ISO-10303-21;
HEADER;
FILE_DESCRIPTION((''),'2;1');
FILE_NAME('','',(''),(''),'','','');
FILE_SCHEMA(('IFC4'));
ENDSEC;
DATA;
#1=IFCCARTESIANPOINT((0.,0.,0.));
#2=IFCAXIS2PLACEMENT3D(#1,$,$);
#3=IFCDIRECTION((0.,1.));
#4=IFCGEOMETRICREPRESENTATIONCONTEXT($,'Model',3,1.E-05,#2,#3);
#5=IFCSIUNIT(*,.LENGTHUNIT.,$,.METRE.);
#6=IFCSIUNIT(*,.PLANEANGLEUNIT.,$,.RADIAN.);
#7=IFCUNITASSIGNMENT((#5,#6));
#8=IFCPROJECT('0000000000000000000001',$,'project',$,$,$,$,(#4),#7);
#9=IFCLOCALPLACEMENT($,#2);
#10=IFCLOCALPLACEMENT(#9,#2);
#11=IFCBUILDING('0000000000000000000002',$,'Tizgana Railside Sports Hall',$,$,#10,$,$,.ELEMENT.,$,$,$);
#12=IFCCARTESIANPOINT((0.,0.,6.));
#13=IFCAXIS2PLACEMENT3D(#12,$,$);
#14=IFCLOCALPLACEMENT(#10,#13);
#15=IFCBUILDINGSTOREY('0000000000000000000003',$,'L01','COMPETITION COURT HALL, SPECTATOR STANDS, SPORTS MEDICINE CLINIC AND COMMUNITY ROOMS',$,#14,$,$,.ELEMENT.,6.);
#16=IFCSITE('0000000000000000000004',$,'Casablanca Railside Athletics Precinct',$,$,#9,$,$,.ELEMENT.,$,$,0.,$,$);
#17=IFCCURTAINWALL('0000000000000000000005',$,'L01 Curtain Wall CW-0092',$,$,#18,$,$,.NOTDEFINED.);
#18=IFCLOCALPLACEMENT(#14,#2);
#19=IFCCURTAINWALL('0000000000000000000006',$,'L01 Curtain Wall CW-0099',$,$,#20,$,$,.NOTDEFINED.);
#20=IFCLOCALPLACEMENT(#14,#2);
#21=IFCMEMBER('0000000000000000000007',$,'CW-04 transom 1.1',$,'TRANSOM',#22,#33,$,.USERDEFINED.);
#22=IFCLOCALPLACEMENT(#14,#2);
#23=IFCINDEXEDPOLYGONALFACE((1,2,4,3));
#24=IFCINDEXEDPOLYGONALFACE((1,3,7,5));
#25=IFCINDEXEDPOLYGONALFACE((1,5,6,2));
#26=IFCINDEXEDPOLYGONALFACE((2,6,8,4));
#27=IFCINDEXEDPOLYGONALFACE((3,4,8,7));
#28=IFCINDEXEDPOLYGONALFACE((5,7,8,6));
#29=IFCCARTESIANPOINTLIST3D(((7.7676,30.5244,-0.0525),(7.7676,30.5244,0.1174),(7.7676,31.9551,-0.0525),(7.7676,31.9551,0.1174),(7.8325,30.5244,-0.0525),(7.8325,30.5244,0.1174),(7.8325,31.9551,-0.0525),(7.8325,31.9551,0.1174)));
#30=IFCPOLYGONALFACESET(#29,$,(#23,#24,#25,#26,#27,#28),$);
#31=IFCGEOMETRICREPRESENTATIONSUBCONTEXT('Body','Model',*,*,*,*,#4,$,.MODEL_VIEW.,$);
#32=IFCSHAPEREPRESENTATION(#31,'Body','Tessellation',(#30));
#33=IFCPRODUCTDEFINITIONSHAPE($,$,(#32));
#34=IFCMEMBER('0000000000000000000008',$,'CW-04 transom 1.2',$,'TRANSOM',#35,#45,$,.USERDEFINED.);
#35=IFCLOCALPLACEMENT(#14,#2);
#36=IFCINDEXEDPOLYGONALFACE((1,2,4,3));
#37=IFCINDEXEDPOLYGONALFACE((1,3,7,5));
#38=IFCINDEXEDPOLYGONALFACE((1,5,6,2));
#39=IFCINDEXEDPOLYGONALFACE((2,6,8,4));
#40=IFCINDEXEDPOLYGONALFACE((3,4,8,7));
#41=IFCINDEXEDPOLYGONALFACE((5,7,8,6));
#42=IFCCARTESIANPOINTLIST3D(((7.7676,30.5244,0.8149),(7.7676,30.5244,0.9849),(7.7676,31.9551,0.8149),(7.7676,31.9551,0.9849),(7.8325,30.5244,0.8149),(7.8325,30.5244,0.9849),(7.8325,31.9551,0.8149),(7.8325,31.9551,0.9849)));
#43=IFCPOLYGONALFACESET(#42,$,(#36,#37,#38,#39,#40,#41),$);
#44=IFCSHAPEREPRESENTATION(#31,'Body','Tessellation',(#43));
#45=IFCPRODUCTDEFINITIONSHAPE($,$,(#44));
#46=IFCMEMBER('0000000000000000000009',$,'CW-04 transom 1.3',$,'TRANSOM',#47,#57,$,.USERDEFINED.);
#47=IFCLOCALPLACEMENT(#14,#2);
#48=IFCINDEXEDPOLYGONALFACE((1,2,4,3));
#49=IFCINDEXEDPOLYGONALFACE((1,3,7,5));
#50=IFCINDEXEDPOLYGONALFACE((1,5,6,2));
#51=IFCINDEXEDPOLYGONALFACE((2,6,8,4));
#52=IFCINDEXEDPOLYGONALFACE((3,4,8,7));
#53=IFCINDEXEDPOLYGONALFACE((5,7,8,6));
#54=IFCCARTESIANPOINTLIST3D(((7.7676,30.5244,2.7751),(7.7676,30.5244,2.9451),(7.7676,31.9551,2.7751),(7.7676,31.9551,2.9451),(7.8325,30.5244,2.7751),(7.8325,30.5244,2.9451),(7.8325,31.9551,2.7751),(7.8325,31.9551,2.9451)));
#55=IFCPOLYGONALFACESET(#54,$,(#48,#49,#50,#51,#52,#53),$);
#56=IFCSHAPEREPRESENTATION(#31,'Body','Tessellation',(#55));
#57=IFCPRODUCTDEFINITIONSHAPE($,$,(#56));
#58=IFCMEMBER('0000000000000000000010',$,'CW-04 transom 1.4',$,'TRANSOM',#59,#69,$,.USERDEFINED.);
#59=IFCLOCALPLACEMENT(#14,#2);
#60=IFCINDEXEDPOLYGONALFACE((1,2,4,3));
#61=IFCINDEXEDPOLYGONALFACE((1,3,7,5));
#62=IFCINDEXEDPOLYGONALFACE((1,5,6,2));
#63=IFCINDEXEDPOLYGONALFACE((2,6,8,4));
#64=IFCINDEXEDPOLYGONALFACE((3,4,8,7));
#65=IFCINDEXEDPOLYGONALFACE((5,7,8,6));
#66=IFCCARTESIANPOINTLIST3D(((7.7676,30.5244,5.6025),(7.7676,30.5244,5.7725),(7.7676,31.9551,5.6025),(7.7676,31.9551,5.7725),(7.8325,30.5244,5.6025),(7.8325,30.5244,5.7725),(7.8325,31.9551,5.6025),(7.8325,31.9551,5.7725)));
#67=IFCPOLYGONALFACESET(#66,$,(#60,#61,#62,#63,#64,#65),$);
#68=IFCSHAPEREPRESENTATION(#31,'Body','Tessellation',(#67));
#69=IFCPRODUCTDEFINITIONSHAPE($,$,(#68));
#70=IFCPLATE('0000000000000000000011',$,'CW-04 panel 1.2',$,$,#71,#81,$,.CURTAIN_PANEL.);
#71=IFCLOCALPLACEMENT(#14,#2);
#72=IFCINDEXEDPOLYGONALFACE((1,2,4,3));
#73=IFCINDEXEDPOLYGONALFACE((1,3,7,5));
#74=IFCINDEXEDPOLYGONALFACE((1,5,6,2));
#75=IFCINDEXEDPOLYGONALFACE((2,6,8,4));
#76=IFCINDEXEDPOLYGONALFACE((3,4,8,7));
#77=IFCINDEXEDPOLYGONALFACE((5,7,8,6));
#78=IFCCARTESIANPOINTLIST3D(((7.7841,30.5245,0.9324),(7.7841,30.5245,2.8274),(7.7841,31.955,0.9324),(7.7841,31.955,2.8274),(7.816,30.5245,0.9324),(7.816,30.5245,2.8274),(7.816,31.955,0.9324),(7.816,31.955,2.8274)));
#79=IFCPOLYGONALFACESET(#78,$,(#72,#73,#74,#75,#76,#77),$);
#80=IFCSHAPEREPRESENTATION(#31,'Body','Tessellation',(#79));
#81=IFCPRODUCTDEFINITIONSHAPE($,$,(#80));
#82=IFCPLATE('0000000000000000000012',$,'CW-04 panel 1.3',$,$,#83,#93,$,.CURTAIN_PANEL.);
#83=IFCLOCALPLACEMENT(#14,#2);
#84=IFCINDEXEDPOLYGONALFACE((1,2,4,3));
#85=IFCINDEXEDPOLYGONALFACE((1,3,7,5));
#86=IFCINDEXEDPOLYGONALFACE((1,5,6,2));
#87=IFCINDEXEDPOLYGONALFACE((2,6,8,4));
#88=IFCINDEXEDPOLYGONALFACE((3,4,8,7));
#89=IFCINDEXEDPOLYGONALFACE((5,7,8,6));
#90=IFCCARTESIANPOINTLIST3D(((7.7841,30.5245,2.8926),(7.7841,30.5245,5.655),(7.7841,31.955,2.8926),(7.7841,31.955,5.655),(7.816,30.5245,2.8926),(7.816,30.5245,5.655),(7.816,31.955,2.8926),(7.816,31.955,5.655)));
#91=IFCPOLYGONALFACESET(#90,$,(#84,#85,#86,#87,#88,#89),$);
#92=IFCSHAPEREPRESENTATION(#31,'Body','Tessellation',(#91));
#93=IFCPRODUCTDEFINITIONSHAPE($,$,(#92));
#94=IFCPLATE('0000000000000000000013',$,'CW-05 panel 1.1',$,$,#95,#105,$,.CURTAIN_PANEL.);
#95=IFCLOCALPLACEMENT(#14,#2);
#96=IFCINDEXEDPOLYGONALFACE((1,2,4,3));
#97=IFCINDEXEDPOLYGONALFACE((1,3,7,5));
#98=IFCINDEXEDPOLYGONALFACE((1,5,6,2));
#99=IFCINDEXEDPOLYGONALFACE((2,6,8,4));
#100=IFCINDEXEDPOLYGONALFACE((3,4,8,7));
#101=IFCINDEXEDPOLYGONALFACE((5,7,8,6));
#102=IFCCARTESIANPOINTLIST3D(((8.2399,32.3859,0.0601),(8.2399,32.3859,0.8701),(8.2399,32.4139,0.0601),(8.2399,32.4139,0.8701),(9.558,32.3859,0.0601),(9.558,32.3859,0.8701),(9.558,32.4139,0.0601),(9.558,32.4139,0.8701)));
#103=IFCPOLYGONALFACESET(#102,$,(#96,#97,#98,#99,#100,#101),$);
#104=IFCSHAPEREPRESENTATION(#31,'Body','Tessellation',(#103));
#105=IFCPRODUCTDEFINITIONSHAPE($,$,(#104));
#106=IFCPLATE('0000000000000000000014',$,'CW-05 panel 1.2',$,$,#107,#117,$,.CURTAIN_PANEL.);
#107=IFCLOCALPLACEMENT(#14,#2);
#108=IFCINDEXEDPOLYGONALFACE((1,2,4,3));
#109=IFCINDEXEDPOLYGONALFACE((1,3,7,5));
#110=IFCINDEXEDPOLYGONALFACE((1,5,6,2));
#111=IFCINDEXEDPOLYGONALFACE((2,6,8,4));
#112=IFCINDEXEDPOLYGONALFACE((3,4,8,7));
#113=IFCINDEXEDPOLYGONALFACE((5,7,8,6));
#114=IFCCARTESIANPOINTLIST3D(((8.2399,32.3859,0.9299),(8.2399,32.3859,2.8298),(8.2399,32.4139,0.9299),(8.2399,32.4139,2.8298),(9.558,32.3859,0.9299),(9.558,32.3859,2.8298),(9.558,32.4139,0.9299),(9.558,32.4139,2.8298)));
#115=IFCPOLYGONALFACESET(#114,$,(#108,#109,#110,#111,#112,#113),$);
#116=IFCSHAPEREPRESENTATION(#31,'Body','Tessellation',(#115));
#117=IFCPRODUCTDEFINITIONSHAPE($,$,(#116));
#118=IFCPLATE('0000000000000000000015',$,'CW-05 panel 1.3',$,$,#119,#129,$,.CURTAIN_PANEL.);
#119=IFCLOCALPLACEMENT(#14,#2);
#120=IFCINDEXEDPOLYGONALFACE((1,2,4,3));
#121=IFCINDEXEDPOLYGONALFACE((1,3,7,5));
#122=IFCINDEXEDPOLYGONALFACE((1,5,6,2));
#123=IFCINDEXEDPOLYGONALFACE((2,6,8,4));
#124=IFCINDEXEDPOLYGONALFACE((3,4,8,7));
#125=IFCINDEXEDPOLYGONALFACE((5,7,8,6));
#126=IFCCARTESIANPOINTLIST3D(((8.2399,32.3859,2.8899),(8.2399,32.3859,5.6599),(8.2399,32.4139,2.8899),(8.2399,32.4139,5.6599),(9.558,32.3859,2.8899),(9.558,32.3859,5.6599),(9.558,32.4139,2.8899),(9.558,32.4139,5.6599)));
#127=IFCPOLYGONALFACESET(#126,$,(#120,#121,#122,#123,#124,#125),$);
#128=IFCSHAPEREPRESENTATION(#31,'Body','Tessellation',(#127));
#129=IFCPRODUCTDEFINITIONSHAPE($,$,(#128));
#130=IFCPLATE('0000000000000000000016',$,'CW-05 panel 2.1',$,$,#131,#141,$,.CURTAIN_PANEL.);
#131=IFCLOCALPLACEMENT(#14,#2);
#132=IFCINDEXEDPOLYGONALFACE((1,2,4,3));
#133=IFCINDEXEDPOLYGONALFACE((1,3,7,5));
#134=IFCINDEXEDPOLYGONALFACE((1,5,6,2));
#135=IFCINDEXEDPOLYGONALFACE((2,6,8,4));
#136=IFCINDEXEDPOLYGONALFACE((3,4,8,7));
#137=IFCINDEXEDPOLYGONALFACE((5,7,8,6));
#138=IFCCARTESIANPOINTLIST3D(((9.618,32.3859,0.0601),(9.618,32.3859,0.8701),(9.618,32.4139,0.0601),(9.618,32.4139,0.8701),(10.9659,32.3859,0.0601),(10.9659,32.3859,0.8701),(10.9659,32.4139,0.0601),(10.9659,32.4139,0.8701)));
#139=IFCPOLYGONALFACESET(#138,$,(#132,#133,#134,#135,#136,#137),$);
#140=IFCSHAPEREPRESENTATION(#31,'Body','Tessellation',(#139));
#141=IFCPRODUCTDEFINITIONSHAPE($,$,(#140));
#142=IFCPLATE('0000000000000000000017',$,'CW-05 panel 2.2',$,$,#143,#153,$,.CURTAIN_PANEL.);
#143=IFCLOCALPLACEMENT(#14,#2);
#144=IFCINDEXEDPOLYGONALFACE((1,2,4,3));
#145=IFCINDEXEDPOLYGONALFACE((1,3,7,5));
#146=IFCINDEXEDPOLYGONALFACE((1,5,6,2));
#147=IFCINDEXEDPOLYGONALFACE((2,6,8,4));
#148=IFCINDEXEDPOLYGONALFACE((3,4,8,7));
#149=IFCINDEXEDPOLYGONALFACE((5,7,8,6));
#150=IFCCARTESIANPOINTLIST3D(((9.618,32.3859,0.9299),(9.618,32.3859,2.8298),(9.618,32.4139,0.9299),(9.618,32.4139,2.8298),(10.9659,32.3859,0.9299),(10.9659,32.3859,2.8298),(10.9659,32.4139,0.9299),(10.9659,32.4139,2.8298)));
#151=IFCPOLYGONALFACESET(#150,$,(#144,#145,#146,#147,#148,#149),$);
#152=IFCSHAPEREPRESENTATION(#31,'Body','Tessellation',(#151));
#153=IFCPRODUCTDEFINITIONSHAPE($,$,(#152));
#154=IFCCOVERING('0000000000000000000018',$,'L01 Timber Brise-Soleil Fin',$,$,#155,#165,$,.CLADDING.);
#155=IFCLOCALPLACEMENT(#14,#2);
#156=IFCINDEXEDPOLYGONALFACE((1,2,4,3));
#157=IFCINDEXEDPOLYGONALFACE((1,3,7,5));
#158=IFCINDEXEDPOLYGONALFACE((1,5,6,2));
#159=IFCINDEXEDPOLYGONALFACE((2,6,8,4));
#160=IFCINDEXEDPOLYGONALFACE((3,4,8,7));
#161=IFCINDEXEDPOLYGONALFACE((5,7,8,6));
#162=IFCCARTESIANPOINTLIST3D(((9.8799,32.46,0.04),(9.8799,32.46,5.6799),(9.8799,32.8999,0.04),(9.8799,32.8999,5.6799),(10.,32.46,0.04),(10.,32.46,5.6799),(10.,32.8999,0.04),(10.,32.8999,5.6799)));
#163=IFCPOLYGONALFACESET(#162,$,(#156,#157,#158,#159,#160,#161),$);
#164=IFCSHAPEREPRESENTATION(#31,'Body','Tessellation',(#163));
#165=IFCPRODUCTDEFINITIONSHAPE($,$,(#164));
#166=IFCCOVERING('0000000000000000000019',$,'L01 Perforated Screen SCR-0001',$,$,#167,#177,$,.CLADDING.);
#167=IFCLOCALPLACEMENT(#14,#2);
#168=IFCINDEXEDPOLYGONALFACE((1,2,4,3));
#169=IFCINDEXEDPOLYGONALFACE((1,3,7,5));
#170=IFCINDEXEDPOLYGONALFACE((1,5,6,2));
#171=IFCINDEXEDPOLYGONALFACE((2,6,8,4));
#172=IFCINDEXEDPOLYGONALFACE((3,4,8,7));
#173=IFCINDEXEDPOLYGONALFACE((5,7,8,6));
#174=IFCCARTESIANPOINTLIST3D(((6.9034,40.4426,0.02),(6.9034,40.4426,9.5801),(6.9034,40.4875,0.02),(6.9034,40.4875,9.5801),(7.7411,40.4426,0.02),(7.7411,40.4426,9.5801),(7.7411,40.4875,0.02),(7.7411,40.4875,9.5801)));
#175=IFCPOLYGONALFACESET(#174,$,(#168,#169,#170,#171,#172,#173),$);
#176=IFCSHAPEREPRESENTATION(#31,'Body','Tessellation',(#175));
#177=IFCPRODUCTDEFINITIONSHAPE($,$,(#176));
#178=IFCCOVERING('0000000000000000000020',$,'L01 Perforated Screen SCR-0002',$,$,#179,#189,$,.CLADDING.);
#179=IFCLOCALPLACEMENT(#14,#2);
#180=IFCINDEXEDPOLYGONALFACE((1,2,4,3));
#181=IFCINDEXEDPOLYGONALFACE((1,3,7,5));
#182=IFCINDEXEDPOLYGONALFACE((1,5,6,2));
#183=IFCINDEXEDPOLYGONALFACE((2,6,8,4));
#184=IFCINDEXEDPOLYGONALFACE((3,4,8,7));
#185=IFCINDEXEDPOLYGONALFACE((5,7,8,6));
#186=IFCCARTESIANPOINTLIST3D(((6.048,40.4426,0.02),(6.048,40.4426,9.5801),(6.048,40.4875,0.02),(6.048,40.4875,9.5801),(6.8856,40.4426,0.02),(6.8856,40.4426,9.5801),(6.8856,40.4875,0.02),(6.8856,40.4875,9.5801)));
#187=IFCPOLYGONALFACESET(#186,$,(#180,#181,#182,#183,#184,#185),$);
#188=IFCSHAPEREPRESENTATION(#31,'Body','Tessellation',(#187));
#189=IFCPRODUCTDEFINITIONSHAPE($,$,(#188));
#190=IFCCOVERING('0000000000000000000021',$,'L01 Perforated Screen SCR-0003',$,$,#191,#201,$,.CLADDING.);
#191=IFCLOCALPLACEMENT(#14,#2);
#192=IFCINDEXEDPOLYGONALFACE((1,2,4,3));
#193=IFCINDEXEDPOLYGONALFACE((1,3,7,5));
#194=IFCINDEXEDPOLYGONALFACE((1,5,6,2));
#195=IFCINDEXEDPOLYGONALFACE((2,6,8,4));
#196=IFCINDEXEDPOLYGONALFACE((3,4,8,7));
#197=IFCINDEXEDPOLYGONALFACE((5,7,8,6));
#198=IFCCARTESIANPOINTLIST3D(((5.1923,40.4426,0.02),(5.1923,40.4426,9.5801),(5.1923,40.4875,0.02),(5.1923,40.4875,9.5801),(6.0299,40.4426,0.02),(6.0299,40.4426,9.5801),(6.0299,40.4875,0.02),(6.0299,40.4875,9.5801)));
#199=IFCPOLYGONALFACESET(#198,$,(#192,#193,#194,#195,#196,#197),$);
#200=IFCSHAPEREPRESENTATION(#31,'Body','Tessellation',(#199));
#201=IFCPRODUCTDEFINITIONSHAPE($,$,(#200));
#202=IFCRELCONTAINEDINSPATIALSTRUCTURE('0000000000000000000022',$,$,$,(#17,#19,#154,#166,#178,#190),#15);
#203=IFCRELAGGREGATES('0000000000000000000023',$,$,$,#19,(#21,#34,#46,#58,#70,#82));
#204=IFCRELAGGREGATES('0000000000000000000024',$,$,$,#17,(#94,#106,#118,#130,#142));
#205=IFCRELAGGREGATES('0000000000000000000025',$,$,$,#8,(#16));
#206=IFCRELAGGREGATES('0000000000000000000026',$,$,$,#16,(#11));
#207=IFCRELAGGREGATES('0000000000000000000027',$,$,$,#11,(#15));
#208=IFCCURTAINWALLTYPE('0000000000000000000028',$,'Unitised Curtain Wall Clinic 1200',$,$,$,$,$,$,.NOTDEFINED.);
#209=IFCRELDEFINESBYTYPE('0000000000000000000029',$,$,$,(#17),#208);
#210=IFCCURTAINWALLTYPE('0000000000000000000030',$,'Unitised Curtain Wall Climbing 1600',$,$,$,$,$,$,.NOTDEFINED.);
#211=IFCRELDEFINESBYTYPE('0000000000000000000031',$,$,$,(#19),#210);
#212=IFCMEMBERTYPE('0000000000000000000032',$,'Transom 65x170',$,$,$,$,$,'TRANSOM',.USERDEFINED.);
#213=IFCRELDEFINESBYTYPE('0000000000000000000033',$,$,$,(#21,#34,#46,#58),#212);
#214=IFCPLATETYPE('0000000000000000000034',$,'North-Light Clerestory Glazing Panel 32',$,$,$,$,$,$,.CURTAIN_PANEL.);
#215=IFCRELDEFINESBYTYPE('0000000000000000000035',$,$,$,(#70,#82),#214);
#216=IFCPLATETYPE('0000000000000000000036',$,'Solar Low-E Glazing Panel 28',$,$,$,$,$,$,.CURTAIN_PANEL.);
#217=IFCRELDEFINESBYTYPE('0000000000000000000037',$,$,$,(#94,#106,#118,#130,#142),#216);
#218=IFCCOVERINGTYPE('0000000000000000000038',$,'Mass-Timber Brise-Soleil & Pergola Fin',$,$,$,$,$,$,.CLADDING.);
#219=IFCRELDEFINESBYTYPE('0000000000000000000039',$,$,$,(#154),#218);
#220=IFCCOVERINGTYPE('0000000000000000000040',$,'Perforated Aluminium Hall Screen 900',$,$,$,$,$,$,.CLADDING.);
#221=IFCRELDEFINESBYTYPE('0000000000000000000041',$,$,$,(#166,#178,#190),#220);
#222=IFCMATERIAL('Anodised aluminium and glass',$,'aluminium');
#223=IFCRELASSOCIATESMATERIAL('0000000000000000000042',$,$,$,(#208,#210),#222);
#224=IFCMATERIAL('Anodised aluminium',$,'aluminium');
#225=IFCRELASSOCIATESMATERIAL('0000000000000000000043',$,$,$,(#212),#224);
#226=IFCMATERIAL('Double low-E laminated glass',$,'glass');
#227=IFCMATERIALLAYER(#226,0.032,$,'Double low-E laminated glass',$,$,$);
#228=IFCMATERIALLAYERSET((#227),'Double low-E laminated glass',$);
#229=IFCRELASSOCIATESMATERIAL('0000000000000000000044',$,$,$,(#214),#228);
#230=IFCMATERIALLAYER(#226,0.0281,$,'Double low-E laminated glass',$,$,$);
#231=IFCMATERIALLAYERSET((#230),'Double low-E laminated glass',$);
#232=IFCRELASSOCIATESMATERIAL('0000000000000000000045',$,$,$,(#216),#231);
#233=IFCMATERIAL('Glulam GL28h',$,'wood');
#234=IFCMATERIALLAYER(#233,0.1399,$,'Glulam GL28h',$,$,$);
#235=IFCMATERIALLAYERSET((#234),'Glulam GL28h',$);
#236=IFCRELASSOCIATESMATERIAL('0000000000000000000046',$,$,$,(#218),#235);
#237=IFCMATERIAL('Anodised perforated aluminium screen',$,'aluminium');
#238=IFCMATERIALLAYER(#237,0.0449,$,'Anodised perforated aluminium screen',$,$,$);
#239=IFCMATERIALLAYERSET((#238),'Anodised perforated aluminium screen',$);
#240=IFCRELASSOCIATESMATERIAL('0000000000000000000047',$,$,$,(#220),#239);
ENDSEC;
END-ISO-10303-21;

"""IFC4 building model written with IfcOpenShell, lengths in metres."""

from ifc_helpers import new_model, si_unit, direction, frame, origin, origin_2d, place, context, subcontext, project, spatial, rectangle, extrude, material, layer, layer_set, material_profile, profile_set, type_object, element, aggregate, save


model = new_model("IFC4")

# Units and contexts
model_context = context("Model", 3, precision=1e-05, world=origin(), true_north=direction((0.0, 1.0)))
body_context = subcontext(model_context, "Body", "Model", "MODEL_VIEW")
ifc_project = project(units=[si_unit("LENGTHUNIT", "METRE"), si_unit("PLANEANGLEUNIT", "RADIAN")], contexts=[model_context])

# Site, building, storey
site_placement = place(None, origin())
site = spatial("IfcSite", under=ifc_project, at=site_placement, Name="Casablanca Railside Athletics Precinct", CompositionType="ELEMENT", RefElevation=0.0)
building_placement = place(site_placement, origin())
building = spatial("IfcBuilding", under=site, at=building_placement, Name="Tizgana Railside Sports Hall", CompositionType="ELEMENT")
storey_placement = place(building_placement, frame((0.0, 0.0, 6.0)))
storey = spatial("IfcBuildingStorey", under=building, at=storey_placement, Name="L01", Description="COMPETITION COURT HALL, SPECTATOR STANDS, SPORTS MEDICINE CLINIC AND COMMUNITY ROOMS", CompositionType="ELEMENT", Elevation=6.0)

# Curtain wall
ifc_material_1 = material(Name="Anodised aluminium and glass", Category="aluminium")
curtain_wall_type_1 = type_object("IfcCurtainWallType", Name="Unitised Curtain Wall Clinic 1200", PredefinedType="NOTDEFINED", material=ifc_material_1)
curtain_wall_1_placement = place(storey_placement, origin())
curtain_wall_1 = element("IfcCurtainWall", 1, at=curtain_wall_1_placement, inside=storey, type_object=curtain_wall_type_1, Name="L01 Curtain Wall CW-0092", PredefinedType="NOTDEFINED")
ifc_material_2 = material(Name="Anodised aluminium", Category="aluminium")

# Curtain wall
curtain_wall_type_2 = type_object("IfcCurtainWallType", Name="Unitised Curtain Wall Climbing 1600", PredefinedType="NOTDEFINED", material=ifc_material_1)
curtain_wall_2_placement = place(storey_placement, origin())
curtain_wall_2 = element("IfcCurtainWall", 2, at=curtain_wall_2_placement, inside=storey, type_object=curtain_wall_type_2, Name="L01 Curtain Wall CW-0099", PredefinedType="NOTDEFINED")

# Members
ifc_material_profile_1 = material_profile(ifc_material_2, rectangle(XDim=0.0649, YDim=0.1699, at=origin_2d()), Name="Transom 65x170")
ifc_profile_set_1 = profile_set([ifc_material_profile_1], Name="Anodised aluminium")
member_type_1 = type_object("IfcMemberType", Name="Transom 65x170", ElementType="TRANSOM", PredefinedType="USERDEFINED", material=ifc_profile_set_1)
member_1_placement = place(storey_placement, frame((7.8, 31.9551, 0.0325), z_axis=(0.0, -1.0, 0.0), x_axis=(1.0, 0.0, 0.0)))
member_1 = element("IfcMember", 3, at=member_1_placement, type_object=member_type_1, Name="CW-04 transom 1.1", ObjectType="TRANSOM", PredefinedType="USERDEFINED", context=body_context, shape_type="SweptSolid", body=[
    extrude(rectangle(XDim=0.0649, YDim=0.1699, at=origin_2d()), origin(), (0.0, 0.0, 1.0), 1.4307),
])
member_2_placement = place(storey_placement, frame((7.8, 31.9551, 0.8999), z_axis=(0.0, -1.0, 0.0), x_axis=(1.0, 0.0, 0.0)))
member_2 = element("IfcMember", 4, at=member_2_placement, type_object=member_type_1, Name="CW-04 transom 1.2", ObjectType="TRANSOM", PredefinedType="USERDEFINED", context=body_context, shape_type="SweptSolid", body=[
    extrude(rectangle(XDim=0.0649, YDim=0.1699, at=origin_2d()), origin(), (0.0, 0.0, 1.0), 1.4307),
])
member_3_placement = place(storey_placement, frame((7.8, 31.9551, 2.8601), z_axis=(0.0, -1.0, 0.0), x_axis=(1.0, 0.0, 0.0)))
member_3 = element("IfcMember", 5, at=member_3_placement, type_object=member_type_1, Name="CW-04 transom 1.3", ObjectType="TRANSOM", PredefinedType="USERDEFINED", context=body_context, shape_type="SweptSolid", body=[
    extrude(rectangle(XDim=0.0649, YDim=0.1699, at=origin_2d()), origin(), (0.0, 0.0, 1.0), 1.4307),
])
member_4_placement = place(storey_placement, frame((7.8, 31.9551, 5.6875), z_axis=(0.0, -1.0, 0.0), x_axis=(1.0, 0.0, 0.0)))
member_4 = element("IfcMember", 6, at=member_4_placement, type_object=member_type_1, Name="CW-04 transom 1.4", ObjectType="TRANSOM", PredefinedType="USERDEFINED", context=body_context, shape_type="SweptSolid", body=[
    extrude(rectangle(XDim=0.0649, YDim=0.1699, at=origin_2d()), origin(), (0.0, 0.0, 1.0), 1.4307),
])

# Plates
ifc_material_3 = material(Name="Double low-E laminated glass", Category="glass")
ifc_layer_1 = layer(ifc_material_3, 0.032, Name="Double low-E laminated glass")
ifc_layer_set_1 = layer_set([ifc_layer_1], Name="Double low-E laminated glass")
plate_type_1 = type_object("IfcPlateType", Name="North-Light Clerestory Glazing Panel 32", PredefinedType="CURTAIN_PANEL", material=ifc_layer_set_1)
plate_1_placement = place(storey_placement, frame((7.8, 31.2397, 0.9324), z_axis=(0.0, 0.0, 1.0), x_axis=(0.0, -1.0, 0.0)))
plate_1 = element("IfcPlate", 7, at=plate_1_placement, type_object=plate_type_1, Name="CW-04 panel 1.2", PredefinedType="CURTAIN_PANEL", context=body_context, shape_type="SweptSolid", body=[
    extrude(rectangle(XDim=1.4304, YDim=0.032, at=origin_2d()), origin(), (0.0, 0.0, 1.0), 1.895),
])
plate_2_placement = place(storey_placement, frame((7.8, 31.2397, 2.8926), z_axis=(0.0, 0.0, 1.0), x_axis=(0.0, -1.0, 0.0)))
plate_2 = element("IfcPlate", 8, at=plate_2_placement, type_object=plate_type_1, Name="CW-04 panel 1.3", PredefinedType="CURTAIN_PANEL", context=body_context, shape_type="SweptSolid", body=[
    extrude(rectangle(XDim=1.4304, YDim=0.032, at=origin_2d()), origin(), (0.0, 0.0, 1.0), 2.7625),
])
aggregate(curtain_wall_2, [member_1, member_2, member_3, member_4, plate_1, plate_2])
ifc_layer_2 = layer(ifc_material_3, 0.0281, Name="Double low-E laminated glass")
ifc_layer_set_2 = layer_set([ifc_layer_2], Name="Double low-E laminated glass")
plate_type_2 = type_object("IfcPlateType", Name="Solar Low-E Glazing Panel 28", PredefinedType="CURTAIN_PANEL", material=ifc_layer_set_2)
plate_3_placement = place(storey_placement, frame((8.8989, 32.3999, 0.0601), z_axis=(0.0, 0.0, 1.0), x_axis=(1.0, 0.0, 0.0)))
plate_3 = element("IfcPlate", 9, at=plate_3_placement, type_object=plate_type_2, Name="CW-05 panel 1.1", PredefinedType="CURTAIN_PANEL", context=body_context, shape_type="SweptSolid", body=[
    extrude(rectangle(XDim=1.3181, YDim=0.0281, at=origin_2d()), origin(), (0.0, 0.0, 1.0), 0.8101),
])
plate_4_placement = place(storey_placement, frame((8.8989, 32.3999, 0.9299), z_axis=(0.0, 0.0, 1.0), x_axis=(1.0, 0.0, 0.0)))
plate_4 = element("IfcPlate", 10, at=plate_4_placement, type_object=plate_type_2, Name="CW-05 panel 1.2", PredefinedType="CURTAIN_PANEL", context=body_context, shape_type="SweptSolid", body=[
    extrude(rectangle(XDim=1.3181, YDim=0.0281, at=origin_2d()), origin(), (0.0, 0.0, 1.0), 1.8999),
])
plate_5_placement = place(storey_placement, frame((8.8989, 32.3999, 2.8899), z_axis=(0.0, 0.0, 1.0), x_axis=(1.0, 0.0, 0.0)))
plate_5 = element("IfcPlate", 11, at=plate_5_placement, type_object=plate_type_2, Name="CW-05 panel 1.3", PredefinedType="CURTAIN_PANEL", context=body_context, shape_type="SweptSolid", body=[
    extrude(rectangle(XDim=1.3181, YDim=0.0281, at=origin_2d()), origin(), (0.0, 0.0, 1.0), 2.77),
])
plate_6_placement = place(storey_placement, frame((10.292, 32.3999, 0.0601), z_axis=(0.0, 0.0, 1.0), x_axis=(1.0, 0.0, 0.0)))
plate_6 = element("IfcPlate", 12, at=plate_6_placement, type_object=plate_type_2, Name="CW-05 panel 2.1", PredefinedType="CURTAIN_PANEL", context=body_context, shape_type="SweptSolid", body=[
    extrude(rectangle(XDim=1.3479, YDim=0.0281, at=origin_2d()), origin(), (0.0, 0.0, 1.0), 0.8101),
])
plate_7_placement = place(storey_placement, frame((10.292, 32.3999, 0.9299), z_axis=(0.0, 0.0, 1.0), x_axis=(1.0, 0.0, 0.0)))
plate_7 = element("IfcPlate", 13, at=plate_7_placement, type_object=plate_type_2, Name="CW-05 panel 2.2", PredefinedType="CURTAIN_PANEL", context=body_context, shape_type="SweptSolid", body=[
    extrude(rectangle(XDim=1.3479, YDim=0.0281, at=origin_2d()), origin(), (0.0, 0.0, 1.0), 1.8999),
])
aggregate(curtain_wall_1, [plate_3, plate_4, plate_5, plate_6, plate_7])

# Coverings
ifc_material_4 = material(Name="Glulam GL28h", Category="wood")
ifc_layer_3 = layer(ifc_material_4, 0.1399, Name="Glulam GL28h")
ifc_layer_set_3 = layer_set([ifc_layer_3], Name="Glulam GL28h")
covering_type_1 = type_object("IfcCoveringType", Name="Mass-Timber Brise-Soleil & Pergola Fin", PredefinedType="CLADDING", material=ifc_layer_set_3)
covering_placement = place(storey_placement, frame((9.9399, 32.6799, 0.04), z_axis=(0.0, 0.0, 1.0), x_axis=(1.0, 0.0, 0.0)))
element("IfcCovering", 14, at=covering_placement, inside=storey, type_object=covering_type_1, Name="L01 Timber Brise-Soleil Fin", PredefinedType="CLADDING", context=body_context, shape_type="SweptSolid", body=[
    extrude(rectangle(XDim=0.1201, YDim=0.4399, at=origin_2d()), origin(), (0.0, 0.0, 1.0), 5.6399),
])
ifc_material_5 = material(Name="Anodised perforated aluminium screen", Category="aluminium")
ifc_layer_4 = layer(ifc_material_5, 0.0449, Name="Anodised perforated aluminium screen")
ifc_layer_set_4 = layer_set([ifc_layer_4], Name="Anodised perforated aluminium screen")
covering_type_2 = type_object("IfcCoveringType", Name="Perforated Aluminium Hall Screen 900", PredefinedType="CLADDING", material=ifc_layer_set_4)
for number, where, z_axis, x_axis, name in (
    (15, (7.3223, 40.4651, 0.02), (0.0, 0.0, 1.0), (-1.0, 0.0, 0.0), "L01 Perforated Screen SCR-0001"),
    (16, (6.4668, 40.4651, 0.02), (0.0, 0.0, 1.0), (-1.0, 0.0, 0.0), "L01 Perforated Screen SCR-0002"),
    (17, (5.6111, 40.4651, 0.02), (0.0, 0.0, 1.0), (-1.0, 0.0, 0.0), "L01 Perforated Screen SCR-0003"),
):
    element("IfcCovering", number, at=place(storey_placement, frame(where, z_axis=z_axis, x_axis=x_axis)), inside=storey, type_object=covering_type_2, Name=name, PredefinedType="CLADDING", context=body_context, shape_type="SweptSolid", body=[
        extrude(rectangle(XDim=0.8376, YDim=0.0449, at=origin_2d()), origin(), (0.0, 0.0, 1.0), 9.5601),
    ])

save(model, "model.ifc")
